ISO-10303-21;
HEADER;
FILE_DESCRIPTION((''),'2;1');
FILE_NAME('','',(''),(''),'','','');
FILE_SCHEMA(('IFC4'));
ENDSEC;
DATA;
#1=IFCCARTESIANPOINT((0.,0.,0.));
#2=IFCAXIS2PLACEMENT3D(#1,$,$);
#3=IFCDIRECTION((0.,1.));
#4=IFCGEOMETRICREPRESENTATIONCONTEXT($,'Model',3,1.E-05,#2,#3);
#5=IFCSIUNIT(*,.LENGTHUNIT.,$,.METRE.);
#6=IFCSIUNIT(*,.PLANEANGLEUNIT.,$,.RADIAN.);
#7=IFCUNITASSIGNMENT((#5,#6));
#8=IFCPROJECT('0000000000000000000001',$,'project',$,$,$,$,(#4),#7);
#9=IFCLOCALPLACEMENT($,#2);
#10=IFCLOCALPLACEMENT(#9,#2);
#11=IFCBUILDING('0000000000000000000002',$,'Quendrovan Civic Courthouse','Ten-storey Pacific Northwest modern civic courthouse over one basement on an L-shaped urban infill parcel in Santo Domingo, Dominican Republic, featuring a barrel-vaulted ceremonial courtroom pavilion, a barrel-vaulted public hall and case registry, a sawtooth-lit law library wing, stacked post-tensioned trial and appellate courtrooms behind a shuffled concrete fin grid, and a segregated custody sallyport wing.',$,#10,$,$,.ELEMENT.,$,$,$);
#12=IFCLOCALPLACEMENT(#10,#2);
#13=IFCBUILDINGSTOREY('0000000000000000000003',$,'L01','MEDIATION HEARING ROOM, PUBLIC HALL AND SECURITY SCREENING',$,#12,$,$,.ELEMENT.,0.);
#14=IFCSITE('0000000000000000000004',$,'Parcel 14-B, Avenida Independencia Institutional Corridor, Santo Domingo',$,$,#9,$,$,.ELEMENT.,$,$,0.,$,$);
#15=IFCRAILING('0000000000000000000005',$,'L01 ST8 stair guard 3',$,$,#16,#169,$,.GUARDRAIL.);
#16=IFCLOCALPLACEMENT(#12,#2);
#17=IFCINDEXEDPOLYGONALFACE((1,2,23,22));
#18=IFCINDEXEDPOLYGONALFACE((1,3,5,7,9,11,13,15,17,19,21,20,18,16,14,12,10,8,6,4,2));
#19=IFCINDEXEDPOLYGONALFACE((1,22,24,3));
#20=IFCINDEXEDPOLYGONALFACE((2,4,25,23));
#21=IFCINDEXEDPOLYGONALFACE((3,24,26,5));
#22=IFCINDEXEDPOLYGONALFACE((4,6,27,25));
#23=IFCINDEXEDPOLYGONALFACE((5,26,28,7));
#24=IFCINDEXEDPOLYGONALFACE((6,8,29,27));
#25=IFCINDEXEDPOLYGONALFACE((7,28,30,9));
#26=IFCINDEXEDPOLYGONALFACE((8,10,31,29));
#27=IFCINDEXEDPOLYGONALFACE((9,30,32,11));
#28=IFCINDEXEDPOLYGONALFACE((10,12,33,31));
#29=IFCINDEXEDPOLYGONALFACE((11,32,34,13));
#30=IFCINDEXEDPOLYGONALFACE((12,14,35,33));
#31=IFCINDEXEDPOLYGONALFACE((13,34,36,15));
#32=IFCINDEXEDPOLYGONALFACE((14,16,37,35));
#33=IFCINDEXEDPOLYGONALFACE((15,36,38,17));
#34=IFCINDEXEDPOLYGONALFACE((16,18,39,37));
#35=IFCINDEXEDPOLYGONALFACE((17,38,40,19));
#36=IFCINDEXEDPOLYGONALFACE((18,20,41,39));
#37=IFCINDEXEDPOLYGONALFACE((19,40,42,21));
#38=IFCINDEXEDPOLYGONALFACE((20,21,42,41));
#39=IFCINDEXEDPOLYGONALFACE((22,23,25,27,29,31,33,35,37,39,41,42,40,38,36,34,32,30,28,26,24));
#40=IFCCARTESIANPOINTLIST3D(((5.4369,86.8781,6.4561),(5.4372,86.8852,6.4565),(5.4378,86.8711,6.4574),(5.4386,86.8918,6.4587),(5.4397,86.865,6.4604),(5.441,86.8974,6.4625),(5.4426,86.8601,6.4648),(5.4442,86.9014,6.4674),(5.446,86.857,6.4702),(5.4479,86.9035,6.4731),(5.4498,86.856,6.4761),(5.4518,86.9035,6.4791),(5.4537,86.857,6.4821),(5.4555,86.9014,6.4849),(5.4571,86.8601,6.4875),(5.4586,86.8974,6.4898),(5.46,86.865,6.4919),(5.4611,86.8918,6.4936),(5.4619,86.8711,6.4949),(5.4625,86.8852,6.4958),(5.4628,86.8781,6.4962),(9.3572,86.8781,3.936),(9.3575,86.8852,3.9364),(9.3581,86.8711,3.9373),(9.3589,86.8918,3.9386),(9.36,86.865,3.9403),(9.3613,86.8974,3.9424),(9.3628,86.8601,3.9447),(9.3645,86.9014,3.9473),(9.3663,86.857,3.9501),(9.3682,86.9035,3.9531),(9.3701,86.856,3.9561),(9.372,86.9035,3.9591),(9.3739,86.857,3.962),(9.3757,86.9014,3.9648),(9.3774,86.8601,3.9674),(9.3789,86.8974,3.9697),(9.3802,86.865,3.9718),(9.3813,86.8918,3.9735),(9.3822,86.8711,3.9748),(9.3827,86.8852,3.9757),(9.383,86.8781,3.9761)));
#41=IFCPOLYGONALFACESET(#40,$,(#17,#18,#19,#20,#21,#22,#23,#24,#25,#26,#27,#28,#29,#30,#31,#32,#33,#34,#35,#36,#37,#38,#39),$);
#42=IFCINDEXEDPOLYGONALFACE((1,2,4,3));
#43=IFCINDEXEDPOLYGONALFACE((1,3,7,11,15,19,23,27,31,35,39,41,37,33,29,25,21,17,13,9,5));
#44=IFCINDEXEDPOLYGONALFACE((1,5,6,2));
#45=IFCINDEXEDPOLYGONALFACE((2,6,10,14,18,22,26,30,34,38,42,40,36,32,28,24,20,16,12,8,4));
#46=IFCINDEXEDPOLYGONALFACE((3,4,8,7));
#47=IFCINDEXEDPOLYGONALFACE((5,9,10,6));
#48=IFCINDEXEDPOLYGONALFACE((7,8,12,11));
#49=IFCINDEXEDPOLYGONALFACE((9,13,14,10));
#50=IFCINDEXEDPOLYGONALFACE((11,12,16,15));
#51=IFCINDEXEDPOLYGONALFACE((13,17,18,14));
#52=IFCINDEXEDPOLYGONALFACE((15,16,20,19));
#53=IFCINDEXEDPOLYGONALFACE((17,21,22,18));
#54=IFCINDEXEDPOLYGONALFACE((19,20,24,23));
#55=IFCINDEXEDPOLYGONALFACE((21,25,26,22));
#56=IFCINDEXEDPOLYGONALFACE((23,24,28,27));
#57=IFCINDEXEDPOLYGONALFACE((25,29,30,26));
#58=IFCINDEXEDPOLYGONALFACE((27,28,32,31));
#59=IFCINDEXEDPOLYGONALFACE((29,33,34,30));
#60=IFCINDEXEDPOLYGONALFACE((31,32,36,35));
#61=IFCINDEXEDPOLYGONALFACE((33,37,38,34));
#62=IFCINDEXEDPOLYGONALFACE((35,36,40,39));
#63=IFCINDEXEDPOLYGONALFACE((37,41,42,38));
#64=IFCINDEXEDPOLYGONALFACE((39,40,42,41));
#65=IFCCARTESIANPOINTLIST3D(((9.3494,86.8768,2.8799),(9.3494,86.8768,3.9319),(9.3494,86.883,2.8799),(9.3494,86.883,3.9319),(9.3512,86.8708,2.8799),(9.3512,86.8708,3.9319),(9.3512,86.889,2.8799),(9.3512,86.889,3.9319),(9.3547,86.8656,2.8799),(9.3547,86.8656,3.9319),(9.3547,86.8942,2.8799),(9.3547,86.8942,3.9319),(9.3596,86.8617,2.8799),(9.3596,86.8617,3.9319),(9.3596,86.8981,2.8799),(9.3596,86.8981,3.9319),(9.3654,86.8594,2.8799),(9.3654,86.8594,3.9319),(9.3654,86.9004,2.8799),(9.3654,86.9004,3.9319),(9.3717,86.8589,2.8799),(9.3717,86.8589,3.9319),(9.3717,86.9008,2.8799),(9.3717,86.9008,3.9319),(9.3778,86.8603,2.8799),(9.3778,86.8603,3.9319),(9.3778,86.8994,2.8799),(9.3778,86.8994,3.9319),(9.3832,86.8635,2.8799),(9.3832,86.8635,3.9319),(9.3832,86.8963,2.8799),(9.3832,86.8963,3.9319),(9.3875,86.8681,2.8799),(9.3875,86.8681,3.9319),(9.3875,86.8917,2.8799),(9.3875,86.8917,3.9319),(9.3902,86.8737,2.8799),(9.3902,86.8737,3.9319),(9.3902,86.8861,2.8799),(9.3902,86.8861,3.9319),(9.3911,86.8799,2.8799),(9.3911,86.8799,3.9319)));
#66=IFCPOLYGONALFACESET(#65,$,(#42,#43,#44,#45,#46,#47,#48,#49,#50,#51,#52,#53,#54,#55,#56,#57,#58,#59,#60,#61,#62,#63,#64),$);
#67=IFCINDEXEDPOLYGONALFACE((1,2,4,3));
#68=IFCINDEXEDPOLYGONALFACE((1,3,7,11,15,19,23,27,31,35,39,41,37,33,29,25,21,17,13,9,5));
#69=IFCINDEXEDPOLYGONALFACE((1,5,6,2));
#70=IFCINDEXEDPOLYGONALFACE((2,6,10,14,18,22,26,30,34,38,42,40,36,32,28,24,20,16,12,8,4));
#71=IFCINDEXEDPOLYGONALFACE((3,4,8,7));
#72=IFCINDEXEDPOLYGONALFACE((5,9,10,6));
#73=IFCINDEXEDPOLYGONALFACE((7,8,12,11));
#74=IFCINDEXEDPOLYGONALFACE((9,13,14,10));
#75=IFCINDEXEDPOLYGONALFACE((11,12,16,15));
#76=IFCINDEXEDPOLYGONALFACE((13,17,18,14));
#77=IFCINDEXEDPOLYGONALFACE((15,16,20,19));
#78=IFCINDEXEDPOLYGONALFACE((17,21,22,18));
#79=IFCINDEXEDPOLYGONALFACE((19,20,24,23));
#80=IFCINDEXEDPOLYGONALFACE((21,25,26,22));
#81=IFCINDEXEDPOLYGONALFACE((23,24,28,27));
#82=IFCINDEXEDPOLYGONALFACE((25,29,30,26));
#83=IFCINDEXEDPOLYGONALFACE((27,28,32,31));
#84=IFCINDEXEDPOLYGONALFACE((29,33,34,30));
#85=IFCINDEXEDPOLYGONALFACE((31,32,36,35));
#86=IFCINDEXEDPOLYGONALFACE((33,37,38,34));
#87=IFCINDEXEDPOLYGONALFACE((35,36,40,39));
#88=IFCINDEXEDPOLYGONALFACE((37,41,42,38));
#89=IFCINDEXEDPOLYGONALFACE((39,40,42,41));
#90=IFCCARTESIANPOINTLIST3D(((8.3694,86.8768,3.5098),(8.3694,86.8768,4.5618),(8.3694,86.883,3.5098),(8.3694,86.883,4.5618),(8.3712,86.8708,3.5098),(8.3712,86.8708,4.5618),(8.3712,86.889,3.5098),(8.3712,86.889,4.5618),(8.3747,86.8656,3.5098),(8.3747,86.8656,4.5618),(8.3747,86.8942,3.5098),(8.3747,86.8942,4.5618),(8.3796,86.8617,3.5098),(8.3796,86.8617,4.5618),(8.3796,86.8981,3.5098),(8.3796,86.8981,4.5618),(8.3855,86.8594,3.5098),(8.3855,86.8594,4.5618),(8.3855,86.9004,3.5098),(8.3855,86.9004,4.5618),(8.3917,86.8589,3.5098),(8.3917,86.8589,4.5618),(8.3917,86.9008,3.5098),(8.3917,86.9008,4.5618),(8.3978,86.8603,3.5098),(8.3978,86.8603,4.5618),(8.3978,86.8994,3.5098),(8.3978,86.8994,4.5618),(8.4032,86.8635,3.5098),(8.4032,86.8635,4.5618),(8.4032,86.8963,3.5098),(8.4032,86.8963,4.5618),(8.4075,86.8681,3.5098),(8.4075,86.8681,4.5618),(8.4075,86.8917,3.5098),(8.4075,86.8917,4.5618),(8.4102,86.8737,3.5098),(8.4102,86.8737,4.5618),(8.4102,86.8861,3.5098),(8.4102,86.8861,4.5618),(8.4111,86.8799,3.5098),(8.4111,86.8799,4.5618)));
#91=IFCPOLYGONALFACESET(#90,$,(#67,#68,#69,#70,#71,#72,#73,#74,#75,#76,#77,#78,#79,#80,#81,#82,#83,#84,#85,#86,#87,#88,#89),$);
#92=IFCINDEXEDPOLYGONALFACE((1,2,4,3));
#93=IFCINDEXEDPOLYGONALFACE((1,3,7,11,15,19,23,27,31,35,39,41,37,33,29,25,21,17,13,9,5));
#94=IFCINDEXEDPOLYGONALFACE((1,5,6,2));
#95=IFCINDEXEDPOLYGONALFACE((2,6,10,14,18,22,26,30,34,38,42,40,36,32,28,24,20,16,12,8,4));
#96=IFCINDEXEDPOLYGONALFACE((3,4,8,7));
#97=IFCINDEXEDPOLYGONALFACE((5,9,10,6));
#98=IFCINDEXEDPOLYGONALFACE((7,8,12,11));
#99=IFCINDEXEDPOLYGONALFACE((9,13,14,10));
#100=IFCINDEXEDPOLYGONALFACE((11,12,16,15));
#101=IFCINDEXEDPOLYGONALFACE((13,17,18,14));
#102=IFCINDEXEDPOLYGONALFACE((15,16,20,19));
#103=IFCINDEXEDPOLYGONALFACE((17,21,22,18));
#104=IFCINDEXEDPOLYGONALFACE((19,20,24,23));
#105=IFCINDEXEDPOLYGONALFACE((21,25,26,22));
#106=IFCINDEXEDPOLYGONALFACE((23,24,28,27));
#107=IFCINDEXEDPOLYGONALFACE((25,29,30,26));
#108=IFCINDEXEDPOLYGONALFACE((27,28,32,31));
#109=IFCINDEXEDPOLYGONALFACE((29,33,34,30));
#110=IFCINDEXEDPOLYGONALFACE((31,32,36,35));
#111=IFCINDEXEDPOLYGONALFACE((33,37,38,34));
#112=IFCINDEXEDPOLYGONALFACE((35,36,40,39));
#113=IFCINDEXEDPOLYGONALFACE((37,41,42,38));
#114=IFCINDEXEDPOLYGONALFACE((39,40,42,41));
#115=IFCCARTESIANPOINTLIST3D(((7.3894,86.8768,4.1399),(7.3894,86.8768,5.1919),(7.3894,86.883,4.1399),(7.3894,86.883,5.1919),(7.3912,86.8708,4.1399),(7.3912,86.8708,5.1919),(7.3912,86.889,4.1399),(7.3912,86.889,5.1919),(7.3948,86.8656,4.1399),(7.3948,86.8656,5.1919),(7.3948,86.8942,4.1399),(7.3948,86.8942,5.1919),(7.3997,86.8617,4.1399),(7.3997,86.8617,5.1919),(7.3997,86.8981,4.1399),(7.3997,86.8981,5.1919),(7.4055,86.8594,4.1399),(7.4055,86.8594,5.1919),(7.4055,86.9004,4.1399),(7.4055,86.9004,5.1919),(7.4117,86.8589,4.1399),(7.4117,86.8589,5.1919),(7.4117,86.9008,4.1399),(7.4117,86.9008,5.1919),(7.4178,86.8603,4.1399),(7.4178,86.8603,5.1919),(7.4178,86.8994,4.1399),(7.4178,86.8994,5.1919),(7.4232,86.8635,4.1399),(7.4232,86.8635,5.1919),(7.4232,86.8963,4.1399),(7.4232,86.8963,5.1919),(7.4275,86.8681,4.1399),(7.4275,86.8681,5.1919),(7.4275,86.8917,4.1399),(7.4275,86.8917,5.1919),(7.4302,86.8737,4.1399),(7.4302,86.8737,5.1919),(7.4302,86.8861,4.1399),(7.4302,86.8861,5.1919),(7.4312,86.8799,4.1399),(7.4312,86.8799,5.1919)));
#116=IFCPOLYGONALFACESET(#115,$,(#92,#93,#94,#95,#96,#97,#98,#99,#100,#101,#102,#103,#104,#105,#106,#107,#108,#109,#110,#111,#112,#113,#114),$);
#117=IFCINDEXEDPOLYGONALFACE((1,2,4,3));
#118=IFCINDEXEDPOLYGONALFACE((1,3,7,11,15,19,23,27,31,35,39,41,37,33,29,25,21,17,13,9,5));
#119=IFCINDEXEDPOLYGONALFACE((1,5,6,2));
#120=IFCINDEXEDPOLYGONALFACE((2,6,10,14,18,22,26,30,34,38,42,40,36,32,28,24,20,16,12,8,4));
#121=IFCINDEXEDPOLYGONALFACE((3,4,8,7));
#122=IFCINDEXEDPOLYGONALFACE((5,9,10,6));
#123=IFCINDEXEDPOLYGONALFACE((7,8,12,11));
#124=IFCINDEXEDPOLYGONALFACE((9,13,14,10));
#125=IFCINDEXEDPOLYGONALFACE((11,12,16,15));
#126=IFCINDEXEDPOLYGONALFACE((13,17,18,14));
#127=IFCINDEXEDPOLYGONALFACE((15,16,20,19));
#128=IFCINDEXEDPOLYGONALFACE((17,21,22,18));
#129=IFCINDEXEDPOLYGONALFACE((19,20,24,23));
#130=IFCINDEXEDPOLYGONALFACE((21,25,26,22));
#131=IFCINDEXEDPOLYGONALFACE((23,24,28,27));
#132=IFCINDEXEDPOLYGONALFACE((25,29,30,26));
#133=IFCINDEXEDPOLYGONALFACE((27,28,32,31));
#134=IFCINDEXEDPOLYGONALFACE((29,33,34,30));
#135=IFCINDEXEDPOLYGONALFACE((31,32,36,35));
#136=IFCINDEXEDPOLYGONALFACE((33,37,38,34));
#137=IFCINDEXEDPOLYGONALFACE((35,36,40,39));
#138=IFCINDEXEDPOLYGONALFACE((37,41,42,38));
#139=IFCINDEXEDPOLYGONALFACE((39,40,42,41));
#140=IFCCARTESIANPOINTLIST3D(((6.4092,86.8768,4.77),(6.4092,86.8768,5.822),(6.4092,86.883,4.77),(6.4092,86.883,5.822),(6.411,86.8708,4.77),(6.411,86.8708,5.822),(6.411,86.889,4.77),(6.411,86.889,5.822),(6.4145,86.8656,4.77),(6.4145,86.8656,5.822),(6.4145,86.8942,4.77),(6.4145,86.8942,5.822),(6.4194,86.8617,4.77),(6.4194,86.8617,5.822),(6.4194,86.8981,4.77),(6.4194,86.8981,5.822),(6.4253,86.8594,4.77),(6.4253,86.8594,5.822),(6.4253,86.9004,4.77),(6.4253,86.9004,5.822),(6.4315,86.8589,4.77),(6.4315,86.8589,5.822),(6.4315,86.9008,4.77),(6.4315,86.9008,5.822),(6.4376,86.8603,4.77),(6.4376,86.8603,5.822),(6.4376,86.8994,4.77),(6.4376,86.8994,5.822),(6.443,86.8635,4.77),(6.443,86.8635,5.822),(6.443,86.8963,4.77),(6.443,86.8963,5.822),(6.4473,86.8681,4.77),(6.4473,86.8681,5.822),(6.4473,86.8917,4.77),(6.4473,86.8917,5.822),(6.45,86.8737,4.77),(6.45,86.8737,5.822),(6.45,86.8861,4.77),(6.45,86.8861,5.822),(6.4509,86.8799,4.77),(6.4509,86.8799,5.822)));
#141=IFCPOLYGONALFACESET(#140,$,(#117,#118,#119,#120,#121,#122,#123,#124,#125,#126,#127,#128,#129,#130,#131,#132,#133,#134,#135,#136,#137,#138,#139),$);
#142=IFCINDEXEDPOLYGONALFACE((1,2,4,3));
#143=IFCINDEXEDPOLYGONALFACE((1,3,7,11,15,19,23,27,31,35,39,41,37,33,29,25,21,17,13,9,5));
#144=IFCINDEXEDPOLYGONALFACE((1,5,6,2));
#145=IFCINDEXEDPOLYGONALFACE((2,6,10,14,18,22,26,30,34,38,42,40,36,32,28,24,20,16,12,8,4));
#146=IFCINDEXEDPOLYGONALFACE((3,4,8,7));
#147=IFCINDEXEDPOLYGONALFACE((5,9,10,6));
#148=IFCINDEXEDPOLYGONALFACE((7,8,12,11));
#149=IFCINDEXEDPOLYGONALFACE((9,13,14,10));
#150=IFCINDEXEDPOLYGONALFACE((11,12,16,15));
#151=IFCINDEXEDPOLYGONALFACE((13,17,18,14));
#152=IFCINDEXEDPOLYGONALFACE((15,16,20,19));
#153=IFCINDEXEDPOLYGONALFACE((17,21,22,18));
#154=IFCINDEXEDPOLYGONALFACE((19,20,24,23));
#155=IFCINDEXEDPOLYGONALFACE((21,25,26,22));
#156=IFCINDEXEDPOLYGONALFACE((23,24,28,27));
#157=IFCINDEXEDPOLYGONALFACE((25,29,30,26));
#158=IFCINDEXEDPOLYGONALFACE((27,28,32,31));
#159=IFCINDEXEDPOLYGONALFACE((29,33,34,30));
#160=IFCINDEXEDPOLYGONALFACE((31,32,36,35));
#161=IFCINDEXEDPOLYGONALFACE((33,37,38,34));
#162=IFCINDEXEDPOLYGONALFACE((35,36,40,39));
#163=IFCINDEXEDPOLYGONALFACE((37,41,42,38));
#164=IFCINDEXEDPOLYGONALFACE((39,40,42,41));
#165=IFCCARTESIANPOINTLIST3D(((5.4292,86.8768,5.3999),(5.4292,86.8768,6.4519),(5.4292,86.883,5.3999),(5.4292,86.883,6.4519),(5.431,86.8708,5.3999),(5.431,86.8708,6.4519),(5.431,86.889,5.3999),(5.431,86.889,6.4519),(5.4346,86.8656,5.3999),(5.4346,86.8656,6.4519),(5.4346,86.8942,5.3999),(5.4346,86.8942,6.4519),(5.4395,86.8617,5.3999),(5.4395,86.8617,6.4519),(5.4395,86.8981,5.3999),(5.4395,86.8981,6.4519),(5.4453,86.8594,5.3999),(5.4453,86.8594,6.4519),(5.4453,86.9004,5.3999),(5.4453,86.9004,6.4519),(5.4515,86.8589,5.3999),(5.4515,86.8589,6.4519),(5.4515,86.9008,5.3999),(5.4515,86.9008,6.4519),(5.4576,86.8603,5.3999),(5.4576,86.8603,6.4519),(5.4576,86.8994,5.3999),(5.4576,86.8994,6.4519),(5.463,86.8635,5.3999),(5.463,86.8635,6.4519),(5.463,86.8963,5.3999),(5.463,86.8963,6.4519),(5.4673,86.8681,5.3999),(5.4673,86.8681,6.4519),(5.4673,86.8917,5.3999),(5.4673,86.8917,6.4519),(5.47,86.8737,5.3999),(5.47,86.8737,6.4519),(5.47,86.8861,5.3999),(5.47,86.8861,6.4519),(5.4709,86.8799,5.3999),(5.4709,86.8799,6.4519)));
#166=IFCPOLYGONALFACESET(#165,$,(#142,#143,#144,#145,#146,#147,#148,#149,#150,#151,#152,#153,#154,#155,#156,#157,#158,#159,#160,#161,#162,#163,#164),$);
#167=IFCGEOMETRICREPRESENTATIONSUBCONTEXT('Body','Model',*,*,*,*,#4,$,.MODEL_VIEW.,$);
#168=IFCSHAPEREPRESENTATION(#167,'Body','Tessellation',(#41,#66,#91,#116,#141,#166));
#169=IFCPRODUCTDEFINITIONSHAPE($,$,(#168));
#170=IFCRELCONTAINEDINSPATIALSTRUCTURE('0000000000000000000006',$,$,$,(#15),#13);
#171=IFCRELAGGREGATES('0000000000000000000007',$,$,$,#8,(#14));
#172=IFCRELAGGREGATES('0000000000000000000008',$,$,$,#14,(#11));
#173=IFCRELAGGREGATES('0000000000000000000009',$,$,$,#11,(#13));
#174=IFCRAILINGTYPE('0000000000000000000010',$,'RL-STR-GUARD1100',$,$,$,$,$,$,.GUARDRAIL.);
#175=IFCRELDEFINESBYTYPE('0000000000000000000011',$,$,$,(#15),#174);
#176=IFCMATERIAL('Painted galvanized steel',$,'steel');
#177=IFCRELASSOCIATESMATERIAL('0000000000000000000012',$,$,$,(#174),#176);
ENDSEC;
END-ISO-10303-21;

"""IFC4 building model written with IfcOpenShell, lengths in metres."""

from ifc_helpers import new_model, si_unit, direction, frame, origin, origin_2d, place, context, subcontext, project, spatial, circle, extrude, material, type_object, element, save


model = new_model("IFC4")

# Units and contexts
model_context = context("Model", 3, precision=1e-05, world=origin(), true_north=direction((0.0, 1.0)))
body_context = subcontext(model_context, "Body", "Model", "MODEL_VIEW")
ifc_project = project(units=[si_unit("LENGTHUNIT", "METRE"), si_unit("PLANEANGLEUNIT", "RADIAN")], contexts=[model_context])

# Site, building, storey
site_placement = place(None, origin())
site = spatial("IfcSite", under=ifc_project, at=site_placement, Name="Parcel 14-B, Avenida Independencia Institutional Corridor, Santo Domingo", CompositionType="ELEMENT", RefElevation=0.0)
building_placement = place(site_placement, origin())
building = spatial("IfcBuilding", under=site, at=building_placement, Name="Quendrovan Civic Courthouse", Description="Ten-storey Pacific Northwest modern civic courthouse over one basement on an L-shaped urban infill parcel in Santo Domingo, Dominican Republic, featuring a barrel-vaulted ceremonial courtroom pavilion, a barrel-vaulted public hall and case registry, a sawtooth-lit law library wing, stacked post-tensioned trial and appellate courtrooms behind a shuffled concrete fin grid, and a segregated custody sallyport wing.", CompositionType="ELEMENT")
storey_placement = place(building_placement, origin())
storey = spatial("IfcBuildingStorey", under=building, at=storey_placement, Name="L01", Description="MEDIATION HEARING ROOM, PUBLIC HALL AND SECURITY SCREENING", CompositionType="ELEMENT", Elevation=0.0)

# Railing
ifc_material_1 = material(Name="Painted galvanized steel", Category="steel")
railing_type_1 = type_object("IfcRailingType", Name="RL-STR-GUARD1100", PredefinedType="GUARDRAIL", material=ifc_material_1)
railing_1_placement = place(storey_placement, frame((9.3701, 86.8799, 2.8799)))
element("IfcRailing", 1, at=railing_1_placement, inside=storey, type_object=railing_type_1, Name="L01 ST8 stair guard 3", PredefinedType="GUARDRAIL", context=body_context, shape_type="SweptSolid", body=[
    extrude(circle(Radius=0.0239, at=origin_2d()), frame((0.0, 0.0, 1.0762), z_axis=(-0.841187, 0.0, 0.540744), x_axis=(0.0, -1.0, 0.0)), (0.0, 0.0, 1.0), 4.6604),
    extrude(circle(Radius=0.021, at=origin_2d()), origin(), (0.0, 0.0, 1.0), 1.052),
    extrude(circle(Radius=0.021, at=origin_2d()), frame((-0.98, 0.0, 0.6299)), (0.0, 0.0, 1.0), 1.052),
    extrude(circle(Radius=0.021, at=origin_2d()), frame((-1.96, 0.0, 1.26)), (0.0, 0.0, 1.0), 1.052),
    extrude(circle(Radius=0.021, at=origin_2d()), frame((-2.9402, 0.0, 1.8901)), (0.0, 0.0, 1.0), 1.052),
    extrude(circle(Radius=0.021, at=origin_2d()), frame((-3.9202, 0.0, 2.52)), (0.0, 0.0, 1.0), 1.052),
])

save(model, "model.ifc")
